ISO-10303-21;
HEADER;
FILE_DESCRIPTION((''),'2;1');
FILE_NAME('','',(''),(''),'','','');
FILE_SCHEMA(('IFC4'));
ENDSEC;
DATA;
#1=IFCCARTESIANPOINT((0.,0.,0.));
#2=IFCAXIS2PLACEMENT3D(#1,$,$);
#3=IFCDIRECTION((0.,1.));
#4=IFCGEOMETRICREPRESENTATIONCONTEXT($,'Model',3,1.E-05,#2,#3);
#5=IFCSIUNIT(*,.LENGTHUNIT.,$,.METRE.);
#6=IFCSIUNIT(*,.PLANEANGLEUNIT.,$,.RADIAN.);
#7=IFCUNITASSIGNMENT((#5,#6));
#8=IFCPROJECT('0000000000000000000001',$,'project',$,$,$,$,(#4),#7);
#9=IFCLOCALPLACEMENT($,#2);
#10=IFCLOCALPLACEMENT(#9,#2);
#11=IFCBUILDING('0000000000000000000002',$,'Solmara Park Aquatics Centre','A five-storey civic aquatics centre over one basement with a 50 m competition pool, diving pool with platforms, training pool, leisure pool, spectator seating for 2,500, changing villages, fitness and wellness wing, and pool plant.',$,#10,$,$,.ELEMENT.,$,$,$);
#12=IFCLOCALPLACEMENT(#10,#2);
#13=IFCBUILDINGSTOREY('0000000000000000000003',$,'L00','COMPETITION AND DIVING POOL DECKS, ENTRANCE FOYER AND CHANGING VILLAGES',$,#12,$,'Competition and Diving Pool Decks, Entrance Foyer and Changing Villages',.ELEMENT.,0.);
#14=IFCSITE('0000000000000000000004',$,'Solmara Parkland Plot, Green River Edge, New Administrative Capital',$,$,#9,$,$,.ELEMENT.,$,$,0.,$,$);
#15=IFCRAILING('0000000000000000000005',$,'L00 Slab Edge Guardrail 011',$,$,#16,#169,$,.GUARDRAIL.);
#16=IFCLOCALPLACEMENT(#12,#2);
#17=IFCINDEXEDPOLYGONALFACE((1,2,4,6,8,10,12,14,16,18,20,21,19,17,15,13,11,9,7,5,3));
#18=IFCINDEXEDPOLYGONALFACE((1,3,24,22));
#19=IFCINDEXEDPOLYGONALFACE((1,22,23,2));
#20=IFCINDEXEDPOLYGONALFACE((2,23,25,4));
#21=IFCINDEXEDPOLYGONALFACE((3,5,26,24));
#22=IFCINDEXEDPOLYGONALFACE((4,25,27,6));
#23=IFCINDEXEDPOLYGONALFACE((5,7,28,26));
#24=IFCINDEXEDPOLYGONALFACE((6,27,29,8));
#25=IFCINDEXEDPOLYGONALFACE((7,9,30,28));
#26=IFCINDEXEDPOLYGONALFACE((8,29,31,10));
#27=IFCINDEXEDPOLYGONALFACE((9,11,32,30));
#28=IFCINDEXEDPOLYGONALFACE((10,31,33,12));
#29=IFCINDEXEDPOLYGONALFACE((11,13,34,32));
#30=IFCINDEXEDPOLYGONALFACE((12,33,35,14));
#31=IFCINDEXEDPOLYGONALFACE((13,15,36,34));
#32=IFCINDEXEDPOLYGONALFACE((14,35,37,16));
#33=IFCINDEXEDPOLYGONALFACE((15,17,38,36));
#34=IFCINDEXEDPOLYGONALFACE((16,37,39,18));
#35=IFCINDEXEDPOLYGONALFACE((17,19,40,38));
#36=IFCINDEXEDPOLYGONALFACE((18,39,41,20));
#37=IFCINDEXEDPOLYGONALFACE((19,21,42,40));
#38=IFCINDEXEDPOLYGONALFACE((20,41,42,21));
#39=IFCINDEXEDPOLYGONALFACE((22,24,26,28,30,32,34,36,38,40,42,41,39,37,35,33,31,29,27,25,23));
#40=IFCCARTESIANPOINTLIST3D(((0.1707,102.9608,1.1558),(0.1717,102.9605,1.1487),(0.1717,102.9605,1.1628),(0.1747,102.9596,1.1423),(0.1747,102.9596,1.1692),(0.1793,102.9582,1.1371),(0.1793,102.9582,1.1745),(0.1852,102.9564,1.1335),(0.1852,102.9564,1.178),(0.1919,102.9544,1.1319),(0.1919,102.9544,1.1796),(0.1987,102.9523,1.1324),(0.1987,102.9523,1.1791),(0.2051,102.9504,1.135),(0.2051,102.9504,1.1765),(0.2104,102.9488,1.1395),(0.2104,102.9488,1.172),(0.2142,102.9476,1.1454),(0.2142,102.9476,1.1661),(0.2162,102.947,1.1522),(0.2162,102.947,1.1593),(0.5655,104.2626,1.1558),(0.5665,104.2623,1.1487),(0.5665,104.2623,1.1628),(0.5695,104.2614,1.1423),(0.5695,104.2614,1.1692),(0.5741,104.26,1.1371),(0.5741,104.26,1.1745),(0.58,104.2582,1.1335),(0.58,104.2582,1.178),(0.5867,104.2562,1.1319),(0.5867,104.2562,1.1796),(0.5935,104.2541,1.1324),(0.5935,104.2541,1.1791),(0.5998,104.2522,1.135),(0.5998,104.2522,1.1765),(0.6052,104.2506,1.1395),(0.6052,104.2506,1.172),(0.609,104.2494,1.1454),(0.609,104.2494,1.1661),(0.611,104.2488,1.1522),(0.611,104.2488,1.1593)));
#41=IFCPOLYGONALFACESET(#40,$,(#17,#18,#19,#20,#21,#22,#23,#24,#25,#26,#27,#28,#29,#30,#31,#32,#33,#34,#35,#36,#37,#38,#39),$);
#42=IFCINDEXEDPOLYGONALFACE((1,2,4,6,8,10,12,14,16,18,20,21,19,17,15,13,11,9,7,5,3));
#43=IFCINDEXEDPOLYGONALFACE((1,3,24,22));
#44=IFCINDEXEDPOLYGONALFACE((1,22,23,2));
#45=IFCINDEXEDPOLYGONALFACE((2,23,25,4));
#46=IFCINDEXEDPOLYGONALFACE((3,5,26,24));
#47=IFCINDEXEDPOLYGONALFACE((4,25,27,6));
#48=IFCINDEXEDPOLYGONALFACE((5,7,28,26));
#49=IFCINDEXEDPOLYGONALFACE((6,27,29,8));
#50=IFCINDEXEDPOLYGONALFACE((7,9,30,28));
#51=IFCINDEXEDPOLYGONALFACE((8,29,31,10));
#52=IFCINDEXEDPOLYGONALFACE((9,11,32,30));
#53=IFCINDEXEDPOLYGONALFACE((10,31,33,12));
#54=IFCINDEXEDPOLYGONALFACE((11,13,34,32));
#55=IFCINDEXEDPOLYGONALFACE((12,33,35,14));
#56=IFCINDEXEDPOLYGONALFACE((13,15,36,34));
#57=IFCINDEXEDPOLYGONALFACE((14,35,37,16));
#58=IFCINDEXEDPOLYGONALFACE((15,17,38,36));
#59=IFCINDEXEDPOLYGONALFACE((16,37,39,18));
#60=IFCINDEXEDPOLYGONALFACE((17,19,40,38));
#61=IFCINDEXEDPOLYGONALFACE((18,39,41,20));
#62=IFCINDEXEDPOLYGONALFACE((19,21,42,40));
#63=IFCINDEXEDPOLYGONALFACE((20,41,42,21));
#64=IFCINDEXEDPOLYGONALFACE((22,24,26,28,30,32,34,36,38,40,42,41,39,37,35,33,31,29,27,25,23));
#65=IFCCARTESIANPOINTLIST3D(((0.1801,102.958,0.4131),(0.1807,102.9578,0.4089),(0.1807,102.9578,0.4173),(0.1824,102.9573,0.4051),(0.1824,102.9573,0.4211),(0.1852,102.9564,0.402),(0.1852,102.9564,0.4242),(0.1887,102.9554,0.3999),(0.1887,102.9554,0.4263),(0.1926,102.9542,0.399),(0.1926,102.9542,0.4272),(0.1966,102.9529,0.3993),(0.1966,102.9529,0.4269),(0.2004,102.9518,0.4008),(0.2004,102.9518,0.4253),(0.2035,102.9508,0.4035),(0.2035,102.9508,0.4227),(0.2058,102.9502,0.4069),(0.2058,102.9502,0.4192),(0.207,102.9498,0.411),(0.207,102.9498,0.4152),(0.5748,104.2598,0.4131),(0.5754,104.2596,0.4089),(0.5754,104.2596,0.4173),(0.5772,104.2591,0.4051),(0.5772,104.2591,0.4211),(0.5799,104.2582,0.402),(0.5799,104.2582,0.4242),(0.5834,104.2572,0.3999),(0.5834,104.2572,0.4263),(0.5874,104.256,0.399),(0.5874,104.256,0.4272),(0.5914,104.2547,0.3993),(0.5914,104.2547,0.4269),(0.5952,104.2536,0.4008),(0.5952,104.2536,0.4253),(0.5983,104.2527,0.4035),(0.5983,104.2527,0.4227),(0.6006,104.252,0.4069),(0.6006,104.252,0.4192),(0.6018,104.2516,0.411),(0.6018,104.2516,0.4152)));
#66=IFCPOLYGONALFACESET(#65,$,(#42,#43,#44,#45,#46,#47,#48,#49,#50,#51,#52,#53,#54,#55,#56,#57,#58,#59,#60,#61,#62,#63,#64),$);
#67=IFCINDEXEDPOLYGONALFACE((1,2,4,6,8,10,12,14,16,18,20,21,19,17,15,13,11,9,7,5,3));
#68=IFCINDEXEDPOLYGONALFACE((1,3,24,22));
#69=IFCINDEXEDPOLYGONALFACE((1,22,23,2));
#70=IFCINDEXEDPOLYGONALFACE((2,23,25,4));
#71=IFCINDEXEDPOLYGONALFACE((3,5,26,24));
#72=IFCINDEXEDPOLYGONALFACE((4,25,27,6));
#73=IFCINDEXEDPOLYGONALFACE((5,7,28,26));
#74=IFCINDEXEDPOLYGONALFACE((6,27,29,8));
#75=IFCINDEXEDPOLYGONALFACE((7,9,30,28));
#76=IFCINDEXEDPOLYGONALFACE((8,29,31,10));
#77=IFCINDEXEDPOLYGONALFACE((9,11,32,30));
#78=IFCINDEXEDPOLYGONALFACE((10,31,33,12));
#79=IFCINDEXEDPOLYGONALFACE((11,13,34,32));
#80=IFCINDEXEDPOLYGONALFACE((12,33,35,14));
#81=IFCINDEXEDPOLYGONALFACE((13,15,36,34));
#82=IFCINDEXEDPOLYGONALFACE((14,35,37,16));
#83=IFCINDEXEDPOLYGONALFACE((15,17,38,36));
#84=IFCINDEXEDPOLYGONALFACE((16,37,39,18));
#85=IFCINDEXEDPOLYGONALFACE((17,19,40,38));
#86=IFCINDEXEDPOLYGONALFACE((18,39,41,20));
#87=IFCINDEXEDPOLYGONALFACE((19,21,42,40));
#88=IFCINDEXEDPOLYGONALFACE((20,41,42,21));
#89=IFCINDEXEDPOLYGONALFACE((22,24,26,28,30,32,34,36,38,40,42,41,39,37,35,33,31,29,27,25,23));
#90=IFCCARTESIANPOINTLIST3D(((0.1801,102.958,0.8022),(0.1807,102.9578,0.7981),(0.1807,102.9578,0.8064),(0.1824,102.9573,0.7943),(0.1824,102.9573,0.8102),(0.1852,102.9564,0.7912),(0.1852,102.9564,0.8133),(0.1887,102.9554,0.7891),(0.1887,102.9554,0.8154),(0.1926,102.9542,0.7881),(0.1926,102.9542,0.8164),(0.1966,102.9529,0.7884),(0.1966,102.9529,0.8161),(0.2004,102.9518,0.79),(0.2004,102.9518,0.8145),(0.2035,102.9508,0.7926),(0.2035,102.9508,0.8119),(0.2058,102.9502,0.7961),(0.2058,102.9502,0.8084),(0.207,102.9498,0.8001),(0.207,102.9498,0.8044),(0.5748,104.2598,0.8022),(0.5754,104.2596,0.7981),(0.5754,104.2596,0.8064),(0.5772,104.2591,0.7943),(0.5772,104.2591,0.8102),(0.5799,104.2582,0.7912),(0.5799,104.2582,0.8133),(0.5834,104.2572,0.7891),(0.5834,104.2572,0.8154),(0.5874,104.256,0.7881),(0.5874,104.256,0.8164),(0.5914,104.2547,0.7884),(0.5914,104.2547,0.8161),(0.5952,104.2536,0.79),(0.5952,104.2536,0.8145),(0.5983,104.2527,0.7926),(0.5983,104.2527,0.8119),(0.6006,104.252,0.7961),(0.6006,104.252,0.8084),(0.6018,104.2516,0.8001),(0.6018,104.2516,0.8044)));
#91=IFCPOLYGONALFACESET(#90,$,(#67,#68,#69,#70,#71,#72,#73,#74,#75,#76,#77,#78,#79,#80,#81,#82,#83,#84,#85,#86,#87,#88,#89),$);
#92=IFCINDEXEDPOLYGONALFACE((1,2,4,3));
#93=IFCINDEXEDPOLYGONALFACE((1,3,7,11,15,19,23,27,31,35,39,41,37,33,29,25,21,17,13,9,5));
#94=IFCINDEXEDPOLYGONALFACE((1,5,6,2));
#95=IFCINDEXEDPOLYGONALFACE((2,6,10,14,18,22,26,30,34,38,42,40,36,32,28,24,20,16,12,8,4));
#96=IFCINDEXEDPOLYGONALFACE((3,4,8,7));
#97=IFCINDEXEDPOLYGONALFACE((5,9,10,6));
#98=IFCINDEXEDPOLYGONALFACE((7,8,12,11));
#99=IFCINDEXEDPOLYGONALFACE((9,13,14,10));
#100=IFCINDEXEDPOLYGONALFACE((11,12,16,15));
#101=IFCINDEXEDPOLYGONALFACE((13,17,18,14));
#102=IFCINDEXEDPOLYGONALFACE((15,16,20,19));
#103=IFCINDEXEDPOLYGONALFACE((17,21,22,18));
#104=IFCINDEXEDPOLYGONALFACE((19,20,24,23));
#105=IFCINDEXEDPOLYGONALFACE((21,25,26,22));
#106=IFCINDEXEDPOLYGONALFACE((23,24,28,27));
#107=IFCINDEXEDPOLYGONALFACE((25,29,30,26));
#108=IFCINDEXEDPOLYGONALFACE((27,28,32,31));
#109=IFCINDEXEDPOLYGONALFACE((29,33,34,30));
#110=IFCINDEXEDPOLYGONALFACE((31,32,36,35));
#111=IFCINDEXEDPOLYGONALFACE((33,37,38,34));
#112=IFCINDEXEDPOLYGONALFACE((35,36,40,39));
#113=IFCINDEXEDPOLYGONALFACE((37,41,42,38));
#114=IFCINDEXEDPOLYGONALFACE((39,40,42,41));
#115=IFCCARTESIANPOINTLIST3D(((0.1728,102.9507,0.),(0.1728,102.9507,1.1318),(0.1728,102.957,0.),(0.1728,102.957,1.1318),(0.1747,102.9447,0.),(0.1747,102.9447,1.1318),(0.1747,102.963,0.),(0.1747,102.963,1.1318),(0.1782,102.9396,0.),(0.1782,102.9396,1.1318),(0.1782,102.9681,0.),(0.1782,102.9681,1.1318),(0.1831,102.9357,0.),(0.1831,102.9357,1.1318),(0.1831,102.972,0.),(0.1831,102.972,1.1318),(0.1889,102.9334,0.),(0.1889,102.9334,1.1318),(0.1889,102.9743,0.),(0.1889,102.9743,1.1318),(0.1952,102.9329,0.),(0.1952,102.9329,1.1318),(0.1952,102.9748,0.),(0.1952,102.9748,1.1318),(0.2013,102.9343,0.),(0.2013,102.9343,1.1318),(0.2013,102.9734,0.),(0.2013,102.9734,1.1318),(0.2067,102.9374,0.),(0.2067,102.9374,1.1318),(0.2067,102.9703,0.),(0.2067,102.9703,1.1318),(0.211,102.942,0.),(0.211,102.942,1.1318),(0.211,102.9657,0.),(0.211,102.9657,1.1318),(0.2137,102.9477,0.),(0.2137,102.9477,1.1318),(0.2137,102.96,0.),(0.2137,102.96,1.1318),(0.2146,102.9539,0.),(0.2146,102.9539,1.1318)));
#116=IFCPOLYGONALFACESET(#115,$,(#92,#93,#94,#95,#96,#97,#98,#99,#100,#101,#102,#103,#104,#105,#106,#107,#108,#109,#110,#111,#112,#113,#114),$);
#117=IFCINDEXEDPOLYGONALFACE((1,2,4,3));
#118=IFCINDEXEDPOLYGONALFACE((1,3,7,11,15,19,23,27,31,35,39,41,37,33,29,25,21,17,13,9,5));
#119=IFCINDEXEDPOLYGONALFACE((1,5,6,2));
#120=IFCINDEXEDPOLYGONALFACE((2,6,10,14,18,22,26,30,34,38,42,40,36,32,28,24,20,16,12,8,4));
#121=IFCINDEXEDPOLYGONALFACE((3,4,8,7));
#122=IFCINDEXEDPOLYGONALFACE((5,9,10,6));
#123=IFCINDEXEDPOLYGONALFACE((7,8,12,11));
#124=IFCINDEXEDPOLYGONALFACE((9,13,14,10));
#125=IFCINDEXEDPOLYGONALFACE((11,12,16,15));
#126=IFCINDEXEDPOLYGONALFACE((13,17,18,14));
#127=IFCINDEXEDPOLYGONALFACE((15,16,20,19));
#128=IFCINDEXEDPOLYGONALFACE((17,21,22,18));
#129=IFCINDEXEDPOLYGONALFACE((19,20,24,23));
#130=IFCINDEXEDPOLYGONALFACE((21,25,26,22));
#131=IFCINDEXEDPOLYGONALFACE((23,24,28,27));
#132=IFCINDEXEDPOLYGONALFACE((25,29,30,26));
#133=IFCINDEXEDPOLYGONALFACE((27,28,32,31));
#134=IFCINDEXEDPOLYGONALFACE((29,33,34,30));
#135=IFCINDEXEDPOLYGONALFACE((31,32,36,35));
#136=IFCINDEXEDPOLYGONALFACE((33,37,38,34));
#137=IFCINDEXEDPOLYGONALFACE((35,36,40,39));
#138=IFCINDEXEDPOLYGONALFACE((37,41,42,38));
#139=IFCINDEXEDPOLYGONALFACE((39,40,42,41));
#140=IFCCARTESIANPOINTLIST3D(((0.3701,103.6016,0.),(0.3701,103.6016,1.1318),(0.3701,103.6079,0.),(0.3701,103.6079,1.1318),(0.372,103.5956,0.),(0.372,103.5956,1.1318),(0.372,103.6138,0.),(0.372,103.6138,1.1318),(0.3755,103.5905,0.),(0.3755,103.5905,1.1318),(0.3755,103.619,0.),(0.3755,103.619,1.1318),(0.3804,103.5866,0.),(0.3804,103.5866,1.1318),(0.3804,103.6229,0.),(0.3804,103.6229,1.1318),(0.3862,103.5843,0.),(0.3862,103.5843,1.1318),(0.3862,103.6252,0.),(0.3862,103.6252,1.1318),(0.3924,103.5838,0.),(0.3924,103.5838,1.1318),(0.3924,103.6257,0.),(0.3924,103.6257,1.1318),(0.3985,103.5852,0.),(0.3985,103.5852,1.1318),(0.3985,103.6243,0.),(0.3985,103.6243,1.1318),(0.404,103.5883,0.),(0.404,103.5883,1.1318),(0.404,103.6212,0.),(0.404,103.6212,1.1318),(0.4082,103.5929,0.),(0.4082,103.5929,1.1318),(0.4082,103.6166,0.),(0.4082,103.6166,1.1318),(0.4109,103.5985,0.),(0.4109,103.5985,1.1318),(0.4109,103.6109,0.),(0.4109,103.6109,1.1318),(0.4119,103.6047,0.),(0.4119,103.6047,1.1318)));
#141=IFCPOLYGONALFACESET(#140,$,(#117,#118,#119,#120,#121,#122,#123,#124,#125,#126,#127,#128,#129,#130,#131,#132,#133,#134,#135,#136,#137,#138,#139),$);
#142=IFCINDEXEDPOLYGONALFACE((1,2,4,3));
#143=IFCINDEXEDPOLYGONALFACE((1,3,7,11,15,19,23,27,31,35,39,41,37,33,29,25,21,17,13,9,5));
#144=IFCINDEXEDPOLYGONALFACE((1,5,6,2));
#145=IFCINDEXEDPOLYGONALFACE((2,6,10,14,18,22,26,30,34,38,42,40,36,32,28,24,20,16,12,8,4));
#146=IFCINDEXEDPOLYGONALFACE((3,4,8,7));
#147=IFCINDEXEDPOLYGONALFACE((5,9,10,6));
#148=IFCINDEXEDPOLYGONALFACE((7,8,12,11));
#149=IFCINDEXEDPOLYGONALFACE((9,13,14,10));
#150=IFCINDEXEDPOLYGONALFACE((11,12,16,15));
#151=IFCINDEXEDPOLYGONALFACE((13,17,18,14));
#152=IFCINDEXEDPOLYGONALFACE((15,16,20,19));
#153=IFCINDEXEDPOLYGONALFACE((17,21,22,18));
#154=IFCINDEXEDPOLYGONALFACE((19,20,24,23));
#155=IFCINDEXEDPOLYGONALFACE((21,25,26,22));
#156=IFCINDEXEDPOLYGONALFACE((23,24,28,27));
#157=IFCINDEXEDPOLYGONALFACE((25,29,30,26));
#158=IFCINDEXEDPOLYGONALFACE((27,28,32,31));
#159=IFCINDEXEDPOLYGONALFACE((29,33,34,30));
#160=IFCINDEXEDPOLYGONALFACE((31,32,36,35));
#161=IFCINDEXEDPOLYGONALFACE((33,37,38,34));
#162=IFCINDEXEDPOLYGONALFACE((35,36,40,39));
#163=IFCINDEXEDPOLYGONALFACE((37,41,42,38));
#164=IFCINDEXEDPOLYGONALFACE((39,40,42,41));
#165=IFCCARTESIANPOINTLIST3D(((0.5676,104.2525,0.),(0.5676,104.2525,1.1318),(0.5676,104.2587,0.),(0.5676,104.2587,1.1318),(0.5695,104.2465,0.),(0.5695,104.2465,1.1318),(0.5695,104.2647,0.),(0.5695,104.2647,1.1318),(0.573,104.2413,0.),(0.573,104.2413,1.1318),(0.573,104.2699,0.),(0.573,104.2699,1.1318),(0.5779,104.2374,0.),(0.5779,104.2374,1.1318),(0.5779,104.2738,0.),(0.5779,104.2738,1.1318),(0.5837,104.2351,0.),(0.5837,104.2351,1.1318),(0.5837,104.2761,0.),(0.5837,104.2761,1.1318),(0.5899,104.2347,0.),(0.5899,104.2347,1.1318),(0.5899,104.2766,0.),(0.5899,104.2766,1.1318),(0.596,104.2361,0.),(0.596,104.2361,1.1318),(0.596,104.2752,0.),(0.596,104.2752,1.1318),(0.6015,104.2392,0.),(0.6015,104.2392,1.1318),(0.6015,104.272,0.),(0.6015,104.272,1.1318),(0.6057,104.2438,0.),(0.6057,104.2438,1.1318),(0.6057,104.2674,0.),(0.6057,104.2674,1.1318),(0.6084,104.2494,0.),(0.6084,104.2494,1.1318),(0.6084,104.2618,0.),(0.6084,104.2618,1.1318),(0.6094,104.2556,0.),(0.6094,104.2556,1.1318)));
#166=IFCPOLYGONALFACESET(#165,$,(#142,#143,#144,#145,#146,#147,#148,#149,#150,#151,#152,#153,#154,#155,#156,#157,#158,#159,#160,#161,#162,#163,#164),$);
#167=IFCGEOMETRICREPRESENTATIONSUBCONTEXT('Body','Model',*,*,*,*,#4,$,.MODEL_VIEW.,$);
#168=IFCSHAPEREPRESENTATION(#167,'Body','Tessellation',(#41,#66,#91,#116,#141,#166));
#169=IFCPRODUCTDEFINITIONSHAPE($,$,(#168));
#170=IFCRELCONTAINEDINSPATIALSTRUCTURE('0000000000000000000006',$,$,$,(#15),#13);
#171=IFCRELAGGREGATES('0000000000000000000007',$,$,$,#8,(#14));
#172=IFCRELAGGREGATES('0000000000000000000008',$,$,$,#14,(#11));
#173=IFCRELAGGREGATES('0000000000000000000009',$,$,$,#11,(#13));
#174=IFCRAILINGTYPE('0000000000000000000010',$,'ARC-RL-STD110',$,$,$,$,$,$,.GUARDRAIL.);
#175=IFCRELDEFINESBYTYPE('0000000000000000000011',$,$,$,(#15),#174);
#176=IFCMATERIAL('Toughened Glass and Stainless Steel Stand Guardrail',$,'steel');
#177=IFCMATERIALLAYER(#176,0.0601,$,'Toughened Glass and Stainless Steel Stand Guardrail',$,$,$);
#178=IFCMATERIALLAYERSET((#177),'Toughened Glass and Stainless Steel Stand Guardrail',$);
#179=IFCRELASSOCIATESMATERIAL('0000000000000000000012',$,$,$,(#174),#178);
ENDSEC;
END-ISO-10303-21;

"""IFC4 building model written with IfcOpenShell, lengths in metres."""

from ifc_helpers import new_model, si_unit, direction, frame, origin, origin_2d, place, context, subcontext, project, spatial, circle, extrude, material, layer, layer_set, type_object, element, save


model = new_model("IFC4")

# Units and contexts
model_context = context("Model", 3, precision=1e-05, world=origin(), true_north=direction((0.0, 1.0)))
body_context = subcontext(model_context, "Body", "Model", "MODEL_VIEW")
ifc_project = project(units=[si_unit("LENGTHUNIT", "METRE"), si_unit("PLANEANGLEUNIT", "RADIAN")], contexts=[model_context])

# Site, building, storey
site_placement = place(None, origin())
site = spatial("IfcSite", under=ifc_project, at=site_placement, Name="Solmara Parkland Plot, Green River Edge, New Administrative Capital", CompositionType="ELEMENT", RefElevation=0.0)
building_placement = place(site_placement, origin())
building = spatial("IfcBuilding", under=site, at=building_placement, Name="Solmara Park Aquatics Centre", Description="A five-storey civic aquatics centre over one basement with a 50 m competition pool, diving pool with platforms, training pool, leisure pool, spectator seating for 2,500, changing villages, fitness and wellness wing, and pool plant.", CompositionType="ELEMENT")
storey_placement = place(building_placement, origin())
storey = spatial("IfcBuildingStorey", under=building, at=storey_placement, Name="L00", Description="COMPETITION AND DIVING POOL DECKS, ENTRANCE FOYER AND CHANGING VILLAGES", LongName="Competition and Diving Pool Decks, Entrance Foyer and Changing Villages", CompositionType="ELEMENT", Elevation=0.0)

# Railing
ifc_material_1 = material(Name="Toughened Glass and Stainless Steel Stand Guardrail", Category="steel")
ifc_layer_1 = layer(ifc_material_1, 0.0601, Name="Toughened Glass and Stainless Steel Stand Guardrail")
ifc_layer_set_1 = layer_set([ifc_layer_1], Name="Toughened Glass and Stainless Steel Stand Guardrail")
railing_type = type_object("IfcRailingType", Name="ARC-RL-STD110", PredefinedType="GUARDRAIL", material=ifc_layer_set_1)
railing_1_placement = place(storey_placement, frame((0.1936, 102.9539, 0.0)))
element("IfcRailing", 1, at=railing_1_placement, inside=storey, type_object=railing_type, Name="L00 Slab Edge Guardrail 011", PredefinedType="GUARDRAIL", context=body_context, shape_type="SweptSolid", body=[
    extrude(circle(Radius=0.0239, at=origin_2d()), frame((0.0, 0.0, 1.1558), z_axis=(0.290212, 0.956962, 0.0), x_axis=(-0.956962, 0.290212, 0.0)), (0.0, 0.0, 1.0), 1.3604),
    extrude(circle(Radius=0.0142, at=origin_2d()), frame((0.0, 0.0, 0.4131), z_axis=(0.290212, 0.956962, 0.0), x_axis=(-0.956962, 0.290212, 0.0)), (0.0, 0.0, 1.0), 1.3604),
    extrude(circle(Radius=0.0142, at=origin_2d()), frame((0.0, 0.0, 0.8022), z_axis=(0.290212, 0.956962, 0.0), x_axis=(-0.956962, 0.290212, 0.0)), (0.0, 0.0, 1.0), 1.3604),
    extrude(circle(Radius=0.021, at=origin_2d()), origin(), (0.0, 0.0, 1.0), 1.1318),
    extrude(circle(Radius=0.021, at=origin_2d()), frame((0.1973, 0.6509, 0.0)), (0.0, 0.0, 1.0), 1.1318),
    extrude(circle(Radius=0.021, at=origin_2d()), frame((0.3948, 1.3018, 0.0)), (0.0, 0.0, 1.0), 1.1318),
])

save(model, "model.ifc")
